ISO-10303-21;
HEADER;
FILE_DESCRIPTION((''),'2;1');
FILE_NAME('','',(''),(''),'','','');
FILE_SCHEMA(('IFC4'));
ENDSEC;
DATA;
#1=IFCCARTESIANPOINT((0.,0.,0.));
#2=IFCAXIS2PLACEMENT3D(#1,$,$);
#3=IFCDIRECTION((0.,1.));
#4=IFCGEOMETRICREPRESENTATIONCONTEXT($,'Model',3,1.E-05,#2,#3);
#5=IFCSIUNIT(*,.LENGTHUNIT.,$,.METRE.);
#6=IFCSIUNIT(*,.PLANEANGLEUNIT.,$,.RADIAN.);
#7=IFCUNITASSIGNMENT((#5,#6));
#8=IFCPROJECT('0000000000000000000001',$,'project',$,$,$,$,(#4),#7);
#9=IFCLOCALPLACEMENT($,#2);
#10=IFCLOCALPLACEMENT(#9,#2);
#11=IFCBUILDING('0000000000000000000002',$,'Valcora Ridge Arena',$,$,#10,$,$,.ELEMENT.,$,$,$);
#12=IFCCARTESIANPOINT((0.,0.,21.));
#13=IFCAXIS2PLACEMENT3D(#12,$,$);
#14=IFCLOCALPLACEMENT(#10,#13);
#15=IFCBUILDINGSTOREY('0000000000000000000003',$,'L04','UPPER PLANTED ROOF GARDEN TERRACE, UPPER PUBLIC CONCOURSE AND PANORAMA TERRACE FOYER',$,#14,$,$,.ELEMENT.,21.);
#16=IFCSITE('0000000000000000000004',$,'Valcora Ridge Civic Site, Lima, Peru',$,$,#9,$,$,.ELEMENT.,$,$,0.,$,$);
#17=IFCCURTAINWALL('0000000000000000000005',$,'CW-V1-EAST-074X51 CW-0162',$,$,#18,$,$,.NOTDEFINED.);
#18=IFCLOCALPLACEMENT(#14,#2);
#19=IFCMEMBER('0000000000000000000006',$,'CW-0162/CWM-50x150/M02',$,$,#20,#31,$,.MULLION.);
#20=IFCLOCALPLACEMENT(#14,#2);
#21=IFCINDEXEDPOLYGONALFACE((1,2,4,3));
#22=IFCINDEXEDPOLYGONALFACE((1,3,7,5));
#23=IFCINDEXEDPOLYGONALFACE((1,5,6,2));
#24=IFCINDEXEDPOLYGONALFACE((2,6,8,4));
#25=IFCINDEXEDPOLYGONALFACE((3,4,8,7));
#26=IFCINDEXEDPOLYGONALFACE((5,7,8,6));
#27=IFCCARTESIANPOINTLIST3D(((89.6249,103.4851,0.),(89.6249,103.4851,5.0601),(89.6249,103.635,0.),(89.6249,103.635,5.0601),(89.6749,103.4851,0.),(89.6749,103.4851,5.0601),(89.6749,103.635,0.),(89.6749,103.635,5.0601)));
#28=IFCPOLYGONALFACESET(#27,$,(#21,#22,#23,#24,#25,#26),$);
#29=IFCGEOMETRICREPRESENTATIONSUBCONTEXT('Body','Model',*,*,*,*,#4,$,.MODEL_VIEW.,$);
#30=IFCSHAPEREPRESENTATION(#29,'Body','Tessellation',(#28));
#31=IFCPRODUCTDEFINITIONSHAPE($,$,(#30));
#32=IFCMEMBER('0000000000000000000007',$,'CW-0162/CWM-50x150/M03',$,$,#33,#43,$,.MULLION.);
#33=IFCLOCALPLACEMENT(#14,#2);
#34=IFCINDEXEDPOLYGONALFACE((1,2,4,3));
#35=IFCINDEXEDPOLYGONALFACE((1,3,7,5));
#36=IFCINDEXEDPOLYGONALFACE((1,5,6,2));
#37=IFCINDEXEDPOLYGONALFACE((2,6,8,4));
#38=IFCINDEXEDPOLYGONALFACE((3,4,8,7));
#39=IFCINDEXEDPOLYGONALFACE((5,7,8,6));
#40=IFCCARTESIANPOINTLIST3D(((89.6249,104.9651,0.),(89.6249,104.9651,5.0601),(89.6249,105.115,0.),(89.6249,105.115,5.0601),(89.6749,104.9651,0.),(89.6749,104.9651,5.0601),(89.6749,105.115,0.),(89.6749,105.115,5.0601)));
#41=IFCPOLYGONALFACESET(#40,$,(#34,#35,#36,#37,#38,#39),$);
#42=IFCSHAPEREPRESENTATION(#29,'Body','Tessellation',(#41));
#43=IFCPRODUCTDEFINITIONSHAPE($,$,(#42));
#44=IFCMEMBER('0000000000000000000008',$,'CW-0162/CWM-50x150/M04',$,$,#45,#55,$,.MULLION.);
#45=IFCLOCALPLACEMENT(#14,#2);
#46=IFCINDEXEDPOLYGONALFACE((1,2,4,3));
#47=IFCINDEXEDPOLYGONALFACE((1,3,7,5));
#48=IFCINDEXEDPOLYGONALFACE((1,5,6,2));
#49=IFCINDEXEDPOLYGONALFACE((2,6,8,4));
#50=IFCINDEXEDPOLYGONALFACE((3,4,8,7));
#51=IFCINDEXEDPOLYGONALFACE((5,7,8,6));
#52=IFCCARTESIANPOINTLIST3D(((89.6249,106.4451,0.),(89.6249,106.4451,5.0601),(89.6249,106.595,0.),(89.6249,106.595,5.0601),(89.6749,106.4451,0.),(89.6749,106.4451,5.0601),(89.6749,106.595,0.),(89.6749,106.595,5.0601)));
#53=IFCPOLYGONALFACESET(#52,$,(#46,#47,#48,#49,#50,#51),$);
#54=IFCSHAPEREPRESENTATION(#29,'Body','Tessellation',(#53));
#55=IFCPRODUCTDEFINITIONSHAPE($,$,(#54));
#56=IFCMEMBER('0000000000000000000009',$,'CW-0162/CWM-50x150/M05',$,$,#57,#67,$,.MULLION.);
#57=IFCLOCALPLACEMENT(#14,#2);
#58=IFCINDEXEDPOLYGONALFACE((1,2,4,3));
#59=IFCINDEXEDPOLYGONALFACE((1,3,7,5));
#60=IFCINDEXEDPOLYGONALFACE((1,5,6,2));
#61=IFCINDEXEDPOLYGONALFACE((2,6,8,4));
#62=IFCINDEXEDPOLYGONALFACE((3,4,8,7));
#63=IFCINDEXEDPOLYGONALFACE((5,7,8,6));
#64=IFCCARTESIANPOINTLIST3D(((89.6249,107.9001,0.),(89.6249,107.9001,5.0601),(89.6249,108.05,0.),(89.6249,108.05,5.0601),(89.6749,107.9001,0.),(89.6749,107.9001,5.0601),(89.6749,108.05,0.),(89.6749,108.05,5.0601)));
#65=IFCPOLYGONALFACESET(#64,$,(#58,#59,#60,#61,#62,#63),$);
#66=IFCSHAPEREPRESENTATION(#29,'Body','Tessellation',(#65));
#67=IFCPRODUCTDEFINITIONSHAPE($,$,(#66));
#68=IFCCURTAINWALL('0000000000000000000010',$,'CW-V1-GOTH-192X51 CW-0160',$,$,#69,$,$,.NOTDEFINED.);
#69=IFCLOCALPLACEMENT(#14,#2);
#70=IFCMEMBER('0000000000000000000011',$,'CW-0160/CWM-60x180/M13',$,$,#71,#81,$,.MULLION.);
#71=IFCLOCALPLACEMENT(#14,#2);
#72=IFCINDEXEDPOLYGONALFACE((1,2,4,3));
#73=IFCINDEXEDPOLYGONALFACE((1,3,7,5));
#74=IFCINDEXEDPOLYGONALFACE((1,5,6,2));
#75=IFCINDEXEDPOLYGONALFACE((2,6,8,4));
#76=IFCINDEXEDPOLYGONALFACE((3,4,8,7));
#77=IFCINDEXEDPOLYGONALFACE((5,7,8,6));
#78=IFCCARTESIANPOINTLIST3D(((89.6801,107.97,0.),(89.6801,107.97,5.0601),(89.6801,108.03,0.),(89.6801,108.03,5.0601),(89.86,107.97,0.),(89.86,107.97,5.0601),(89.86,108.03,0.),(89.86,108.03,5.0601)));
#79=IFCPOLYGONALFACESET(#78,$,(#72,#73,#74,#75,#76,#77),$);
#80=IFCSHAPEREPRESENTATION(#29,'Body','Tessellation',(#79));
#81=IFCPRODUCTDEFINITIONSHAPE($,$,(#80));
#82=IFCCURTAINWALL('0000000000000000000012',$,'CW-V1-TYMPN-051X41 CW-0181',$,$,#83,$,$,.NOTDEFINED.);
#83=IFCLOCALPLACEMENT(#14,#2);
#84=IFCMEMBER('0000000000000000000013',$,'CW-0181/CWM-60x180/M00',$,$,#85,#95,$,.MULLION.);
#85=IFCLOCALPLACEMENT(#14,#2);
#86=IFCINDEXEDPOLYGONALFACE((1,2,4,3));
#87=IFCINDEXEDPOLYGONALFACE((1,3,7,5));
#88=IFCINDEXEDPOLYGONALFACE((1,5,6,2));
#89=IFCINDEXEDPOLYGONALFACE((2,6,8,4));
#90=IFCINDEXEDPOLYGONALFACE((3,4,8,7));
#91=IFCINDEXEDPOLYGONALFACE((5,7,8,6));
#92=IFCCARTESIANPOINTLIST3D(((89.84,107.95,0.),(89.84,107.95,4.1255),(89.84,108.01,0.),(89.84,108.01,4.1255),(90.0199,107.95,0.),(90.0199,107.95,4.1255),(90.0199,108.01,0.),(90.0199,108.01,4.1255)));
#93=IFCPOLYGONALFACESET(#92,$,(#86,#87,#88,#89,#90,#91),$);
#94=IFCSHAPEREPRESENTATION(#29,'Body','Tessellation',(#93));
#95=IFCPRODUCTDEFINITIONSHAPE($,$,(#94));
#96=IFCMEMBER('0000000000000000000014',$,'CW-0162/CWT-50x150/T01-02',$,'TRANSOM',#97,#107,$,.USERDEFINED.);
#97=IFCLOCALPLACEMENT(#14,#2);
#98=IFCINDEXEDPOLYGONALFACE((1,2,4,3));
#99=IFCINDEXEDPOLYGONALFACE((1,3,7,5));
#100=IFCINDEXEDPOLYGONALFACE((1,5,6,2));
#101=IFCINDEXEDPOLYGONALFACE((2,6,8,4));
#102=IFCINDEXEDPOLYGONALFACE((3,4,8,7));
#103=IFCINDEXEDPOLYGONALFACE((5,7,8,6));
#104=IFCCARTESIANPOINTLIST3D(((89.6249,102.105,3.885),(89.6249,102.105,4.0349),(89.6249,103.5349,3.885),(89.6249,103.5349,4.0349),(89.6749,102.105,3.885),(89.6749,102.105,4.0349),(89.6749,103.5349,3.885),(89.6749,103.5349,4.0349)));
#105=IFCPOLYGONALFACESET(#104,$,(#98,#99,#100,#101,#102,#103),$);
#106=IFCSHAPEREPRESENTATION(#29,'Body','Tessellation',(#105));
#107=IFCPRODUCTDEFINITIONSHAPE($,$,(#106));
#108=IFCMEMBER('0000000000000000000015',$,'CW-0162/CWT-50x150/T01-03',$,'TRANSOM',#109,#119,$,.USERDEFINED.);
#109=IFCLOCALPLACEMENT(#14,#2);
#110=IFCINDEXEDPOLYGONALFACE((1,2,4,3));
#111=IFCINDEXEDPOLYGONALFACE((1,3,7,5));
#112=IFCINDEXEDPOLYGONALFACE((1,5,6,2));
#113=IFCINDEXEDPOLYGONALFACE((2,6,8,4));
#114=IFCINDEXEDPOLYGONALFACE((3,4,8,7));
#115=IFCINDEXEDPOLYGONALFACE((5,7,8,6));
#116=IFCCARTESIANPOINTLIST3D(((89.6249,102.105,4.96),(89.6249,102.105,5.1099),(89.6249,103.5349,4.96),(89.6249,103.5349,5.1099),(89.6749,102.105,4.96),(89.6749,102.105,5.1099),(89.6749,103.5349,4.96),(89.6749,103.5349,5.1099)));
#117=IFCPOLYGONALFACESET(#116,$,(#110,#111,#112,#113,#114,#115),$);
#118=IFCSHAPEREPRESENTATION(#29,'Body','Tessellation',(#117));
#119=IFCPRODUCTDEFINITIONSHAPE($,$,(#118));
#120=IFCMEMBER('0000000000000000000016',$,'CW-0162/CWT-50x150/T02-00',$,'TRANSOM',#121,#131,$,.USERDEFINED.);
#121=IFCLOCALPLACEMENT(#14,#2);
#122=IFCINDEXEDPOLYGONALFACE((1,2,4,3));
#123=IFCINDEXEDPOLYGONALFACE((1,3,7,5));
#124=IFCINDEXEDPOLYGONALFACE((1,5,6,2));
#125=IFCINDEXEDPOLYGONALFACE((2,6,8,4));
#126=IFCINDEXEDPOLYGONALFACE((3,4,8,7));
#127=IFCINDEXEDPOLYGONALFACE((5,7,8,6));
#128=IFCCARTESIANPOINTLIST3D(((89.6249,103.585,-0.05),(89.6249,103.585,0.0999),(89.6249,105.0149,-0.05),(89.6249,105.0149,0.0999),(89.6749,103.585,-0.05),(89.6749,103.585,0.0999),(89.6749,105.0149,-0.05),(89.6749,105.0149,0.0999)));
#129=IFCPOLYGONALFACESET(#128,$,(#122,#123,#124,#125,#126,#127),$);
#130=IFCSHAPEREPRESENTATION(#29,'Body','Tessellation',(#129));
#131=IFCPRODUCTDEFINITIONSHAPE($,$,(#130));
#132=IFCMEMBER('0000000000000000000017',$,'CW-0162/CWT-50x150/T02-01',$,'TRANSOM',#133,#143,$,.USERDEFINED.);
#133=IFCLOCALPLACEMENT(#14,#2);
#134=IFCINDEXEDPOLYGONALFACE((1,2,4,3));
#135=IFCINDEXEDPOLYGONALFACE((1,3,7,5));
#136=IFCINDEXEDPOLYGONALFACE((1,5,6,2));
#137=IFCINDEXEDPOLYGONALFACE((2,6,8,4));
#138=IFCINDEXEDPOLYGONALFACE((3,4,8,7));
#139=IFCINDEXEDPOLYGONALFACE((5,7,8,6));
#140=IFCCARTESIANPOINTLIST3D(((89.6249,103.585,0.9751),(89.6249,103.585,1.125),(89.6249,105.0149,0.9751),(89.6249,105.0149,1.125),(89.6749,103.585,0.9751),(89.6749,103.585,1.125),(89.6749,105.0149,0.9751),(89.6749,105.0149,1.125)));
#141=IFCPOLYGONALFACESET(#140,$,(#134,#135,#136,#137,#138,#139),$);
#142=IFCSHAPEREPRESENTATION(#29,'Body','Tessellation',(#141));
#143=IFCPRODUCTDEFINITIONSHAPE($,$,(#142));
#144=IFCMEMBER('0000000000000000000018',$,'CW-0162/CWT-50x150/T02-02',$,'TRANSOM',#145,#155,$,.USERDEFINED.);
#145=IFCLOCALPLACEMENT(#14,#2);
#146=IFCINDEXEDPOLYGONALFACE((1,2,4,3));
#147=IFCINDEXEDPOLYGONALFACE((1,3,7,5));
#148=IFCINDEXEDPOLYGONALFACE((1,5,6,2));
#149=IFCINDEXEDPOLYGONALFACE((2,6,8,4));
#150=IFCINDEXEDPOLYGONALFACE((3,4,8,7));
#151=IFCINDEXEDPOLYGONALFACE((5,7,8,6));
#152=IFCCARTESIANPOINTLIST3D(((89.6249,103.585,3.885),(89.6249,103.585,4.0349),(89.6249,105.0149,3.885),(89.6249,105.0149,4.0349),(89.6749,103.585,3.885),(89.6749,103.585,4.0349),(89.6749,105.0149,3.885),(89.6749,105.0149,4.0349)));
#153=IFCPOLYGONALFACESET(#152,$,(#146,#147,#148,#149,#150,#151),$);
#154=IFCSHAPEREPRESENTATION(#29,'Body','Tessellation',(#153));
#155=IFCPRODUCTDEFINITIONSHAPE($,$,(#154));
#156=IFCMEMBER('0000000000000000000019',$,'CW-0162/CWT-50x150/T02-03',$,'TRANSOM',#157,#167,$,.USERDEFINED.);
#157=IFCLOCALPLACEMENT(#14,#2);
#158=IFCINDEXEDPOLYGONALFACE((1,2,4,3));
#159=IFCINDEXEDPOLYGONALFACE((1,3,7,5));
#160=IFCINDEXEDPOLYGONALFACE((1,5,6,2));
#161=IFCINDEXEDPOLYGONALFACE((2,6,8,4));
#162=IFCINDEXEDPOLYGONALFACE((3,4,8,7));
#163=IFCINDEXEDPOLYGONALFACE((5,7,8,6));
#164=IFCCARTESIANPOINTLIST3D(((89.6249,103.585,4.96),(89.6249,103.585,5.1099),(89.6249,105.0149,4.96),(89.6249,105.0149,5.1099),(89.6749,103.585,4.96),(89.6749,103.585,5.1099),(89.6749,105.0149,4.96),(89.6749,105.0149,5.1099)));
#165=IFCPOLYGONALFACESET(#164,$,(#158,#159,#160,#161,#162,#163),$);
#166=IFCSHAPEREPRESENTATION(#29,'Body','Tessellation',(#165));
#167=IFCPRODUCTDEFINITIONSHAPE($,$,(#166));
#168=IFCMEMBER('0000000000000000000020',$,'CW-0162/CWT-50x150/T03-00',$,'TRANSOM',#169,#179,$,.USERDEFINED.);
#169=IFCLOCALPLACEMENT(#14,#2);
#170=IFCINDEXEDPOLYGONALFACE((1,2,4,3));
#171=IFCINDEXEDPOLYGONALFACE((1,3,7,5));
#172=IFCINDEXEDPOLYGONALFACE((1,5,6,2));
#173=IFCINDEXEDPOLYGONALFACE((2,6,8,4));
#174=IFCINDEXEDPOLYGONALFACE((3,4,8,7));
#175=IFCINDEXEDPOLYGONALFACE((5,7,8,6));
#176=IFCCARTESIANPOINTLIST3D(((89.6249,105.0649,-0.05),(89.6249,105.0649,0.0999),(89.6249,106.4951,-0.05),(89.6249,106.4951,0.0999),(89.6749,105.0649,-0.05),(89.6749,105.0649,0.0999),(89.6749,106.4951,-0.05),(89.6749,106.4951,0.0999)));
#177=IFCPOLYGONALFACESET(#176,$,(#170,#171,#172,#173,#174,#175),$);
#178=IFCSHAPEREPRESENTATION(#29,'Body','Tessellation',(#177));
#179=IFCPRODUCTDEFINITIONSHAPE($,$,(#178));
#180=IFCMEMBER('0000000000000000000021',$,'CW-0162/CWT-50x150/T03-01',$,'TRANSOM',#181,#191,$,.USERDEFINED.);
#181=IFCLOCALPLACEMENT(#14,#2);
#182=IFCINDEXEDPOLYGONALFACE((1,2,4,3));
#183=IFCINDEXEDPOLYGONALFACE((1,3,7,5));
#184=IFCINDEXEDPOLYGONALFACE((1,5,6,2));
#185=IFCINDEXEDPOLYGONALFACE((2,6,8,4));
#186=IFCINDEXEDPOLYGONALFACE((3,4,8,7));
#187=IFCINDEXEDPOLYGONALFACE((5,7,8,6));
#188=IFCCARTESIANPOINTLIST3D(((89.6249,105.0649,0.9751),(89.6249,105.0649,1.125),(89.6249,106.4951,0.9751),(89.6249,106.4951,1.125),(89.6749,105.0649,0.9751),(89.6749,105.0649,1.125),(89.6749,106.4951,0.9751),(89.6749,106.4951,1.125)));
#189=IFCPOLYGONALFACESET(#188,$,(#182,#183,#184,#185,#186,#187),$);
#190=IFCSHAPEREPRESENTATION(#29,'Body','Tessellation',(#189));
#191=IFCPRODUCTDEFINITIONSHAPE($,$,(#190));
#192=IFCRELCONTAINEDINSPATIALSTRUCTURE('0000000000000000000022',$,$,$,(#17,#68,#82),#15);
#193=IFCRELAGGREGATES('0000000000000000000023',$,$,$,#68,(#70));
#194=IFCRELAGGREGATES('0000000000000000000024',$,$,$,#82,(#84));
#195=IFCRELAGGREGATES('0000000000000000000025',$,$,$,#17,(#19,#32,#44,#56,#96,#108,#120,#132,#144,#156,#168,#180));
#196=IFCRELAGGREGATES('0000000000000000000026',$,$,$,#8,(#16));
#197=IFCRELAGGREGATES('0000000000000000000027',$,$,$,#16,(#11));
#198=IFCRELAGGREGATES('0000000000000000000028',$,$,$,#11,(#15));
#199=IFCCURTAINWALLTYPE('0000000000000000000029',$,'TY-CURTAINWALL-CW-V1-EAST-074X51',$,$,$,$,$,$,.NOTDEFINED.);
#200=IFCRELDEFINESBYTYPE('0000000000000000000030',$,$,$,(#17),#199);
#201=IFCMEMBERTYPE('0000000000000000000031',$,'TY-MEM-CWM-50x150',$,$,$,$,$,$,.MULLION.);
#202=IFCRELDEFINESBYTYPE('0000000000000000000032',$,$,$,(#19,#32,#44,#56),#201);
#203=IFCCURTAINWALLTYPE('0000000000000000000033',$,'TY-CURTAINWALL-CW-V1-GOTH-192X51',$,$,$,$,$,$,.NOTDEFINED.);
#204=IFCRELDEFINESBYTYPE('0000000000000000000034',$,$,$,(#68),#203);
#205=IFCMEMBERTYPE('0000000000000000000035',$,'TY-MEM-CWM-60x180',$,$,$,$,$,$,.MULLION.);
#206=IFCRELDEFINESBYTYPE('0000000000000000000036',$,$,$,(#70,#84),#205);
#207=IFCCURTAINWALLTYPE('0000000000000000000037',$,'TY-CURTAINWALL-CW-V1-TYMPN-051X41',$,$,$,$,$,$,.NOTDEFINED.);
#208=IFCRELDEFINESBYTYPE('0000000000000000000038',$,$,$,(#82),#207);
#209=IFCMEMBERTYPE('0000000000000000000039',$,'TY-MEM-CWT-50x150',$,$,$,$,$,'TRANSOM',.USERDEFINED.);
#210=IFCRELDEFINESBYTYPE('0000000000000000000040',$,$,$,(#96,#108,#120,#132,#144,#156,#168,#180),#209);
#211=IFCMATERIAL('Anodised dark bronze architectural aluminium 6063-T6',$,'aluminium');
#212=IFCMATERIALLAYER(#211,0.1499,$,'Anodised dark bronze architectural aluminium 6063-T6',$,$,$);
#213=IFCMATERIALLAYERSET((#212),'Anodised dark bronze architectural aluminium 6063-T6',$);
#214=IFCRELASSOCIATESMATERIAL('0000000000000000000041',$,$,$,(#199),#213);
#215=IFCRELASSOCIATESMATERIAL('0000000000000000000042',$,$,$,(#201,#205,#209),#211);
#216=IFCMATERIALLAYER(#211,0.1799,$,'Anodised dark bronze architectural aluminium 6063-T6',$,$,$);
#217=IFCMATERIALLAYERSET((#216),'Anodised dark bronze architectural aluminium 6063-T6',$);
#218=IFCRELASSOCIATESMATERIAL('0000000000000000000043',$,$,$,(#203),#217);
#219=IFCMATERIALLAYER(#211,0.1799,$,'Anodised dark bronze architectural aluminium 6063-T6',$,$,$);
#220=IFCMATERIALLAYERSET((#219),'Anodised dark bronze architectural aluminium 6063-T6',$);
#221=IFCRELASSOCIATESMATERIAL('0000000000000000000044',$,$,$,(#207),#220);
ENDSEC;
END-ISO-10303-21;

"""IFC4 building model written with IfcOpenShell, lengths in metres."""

from ifc_helpers import new_model, si_unit, direction, frame, origin, origin_2d, place, context, subcontext, project, spatial, rectangle, extrude, material, layer, layer_set, material_profile, profile_set, type_object, element, aggregate, save


model = new_model("IFC4")

# Units and contexts
model_context = context("Model", 3, precision=1e-05, world=origin(), true_north=direction((0.0, 1.0)))
body_context = subcontext(model_context, "Body", "Model", "MODEL_VIEW")
ifc_project = project(units=[si_unit("LENGTHUNIT", "METRE"), si_unit("PLANEANGLEUNIT", "RADIAN")], contexts=[model_context])

# Site, building, storey
site_placement = place(None, origin())
site = spatial("IfcSite", under=ifc_project, at=site_placement, Name="Valcora Ridge Civic Site, Lima, Peru", CompositionType="ELEMENT", RefElevation=0.0)
building_placement = place(site_placement, origin())
building = spatial("IfcBuilding", under=site, at=building_placement, Name="Valcora Ridge Arena", CompositionType="ELEMENT")
storey_placement = place(building_placement, frame((0.0, 0.0, 21.0)))
storey = spatial("IfcBuildingStorey", under=building, at=storey_placement, Name="L04", Description="UPPER PLANTED ROOF GARDEN TERRACE, UPPER PUBLIC CONCOURSE AND PANORAMA TERRACE FOYER", CompositionType="ELEMENT", Elevation=21.0)

# Curtain wall, members
ifc_material_1 = material(Name="Anodised dark bronze architectural aluminium 6063-T6", Category="aluminium")
ifc_layer_1 = layer(ifc_material_1, 0.1499, Name="Anodised dark bronze architectural aluminium 6063-T6")
ifc_layer_set_1 = layer_set([ifc_layer_1], Name="Anodised dark bronze architectural aluminium 6063-T6")
curtain_wall_type_1 = type_object("IfcCurtainWallType", Name="TY-CURTAINWALL-CW-V1-EAST-074X51", PredefinedType="NOTDEFINED", material=ifc_layer_set_1)
curtain_wall_1_placement = place(storey_placement, origin())
curtain_wall_1 = element("IfcCurtainWall", 1, at=curtain_wall_1_placement, inside=storey, type_object=curtain_wall_type_1, Name="CW-V1-EAST-074X51 CW-0162", PredefinedType="NOTDEFINED")
ifc_material_profile_1 = material_profile(ifc_material_1, rectangle(XDim=0.05, YDim=0.1499, at=origin_2d()), Name="ALU MULLION 50x150")
ifc_profile_set_1 = profile_set([ifc_material_profile_1], Name="Anodised dark bronze architectural aluminium 6063-T6")
member_type_1 = type_object("IfcMemberType", Name="TY-MEM-CWM-50x150", PredefinedType="MULLION", material=ifc_profile_set_1)
member_1_placement = place(storey_placement, frame((89.6499, 103.5601, 0.0), z_axis=(0.0, 0.0, 1.0), x_axis=(-1.0, 0.0, 0.0)))
member_1 = element("IfcMember", 2, at=member_1_placement, type_object=member_type_1, Name="CW-0162/CWM-50x150/M02", PredefinedType="MULLION", context=body_context, shape_type="SweptSolid", body=[
    extrude(rectangle(XDim=0.05, YDim=0.1499, at=origin_2d()), origin(), (0.0, 0.0, 1.0), 5.0601),
])
member_2_placement = place(storey_placement, frame((89.6499, 105.04, 0.0), z_axis=(0.0, 0.0, 1.0), x_axis=(-1.0, 0.0, 0.0)))
member_2 = element("IfcMember", 3, at=member_2_placement, type_object=member_type_1, Name="CW-0162/CWM-50x150/M03", PredefinedType="MULLION", context=body_context, shape_type="SweptSolid", body=[
    extrude(rectangle(XDim=0.05, YDim=0.1499, at=origin_2d()), origin(), (0.0, 0.0, 1.0), 5.0601),
])
member_3_placement = place(storey_placement, frame((89.6499, 106.52, 0.0), z_axis=(0.0, 0.0, 1.0), x_axis=(-1.0, 0.0, 0.0)))
member_3 = element("IfcMember", 4, at=member_3_placement, type_object=member_type_1, Name="CW-0162/CWM-50x150/M04", PredefinedType="MULLION", context=body_context, shape_type="SweptSolid", body=[
    extrude(rectangle(XDim=0.05, YDim=0.1499, at=origin_2d()), origin(), (0.0, 0.0, 1.0), 5.0601),
])
member_4_placement = place(storey_placement, frame((89.6499, 107.9751, 0.0), z_axis=(0.0, 0.0, 1.0), x_axis=(-1.0, 0.0, 0.0)))
member_4 = element("IfcMember", 5, at=member_4_placement, type_object=member_type_1, Name="CW-0162/CWM-50x150/M05", PredefinedType="MULLION", context=body_context, shape_type="SweptSolid", body=[
    extrude(rectangle(XDim=0.05, YDim=0.1499, at=origin_2d()), origin(), (0.0, 0.0, 1.0), 5.0601),
])

# Curtain walls, members
ifc_layer_2 = layer(ifc_material_1, 0.1799, Name="Anodised dark bronze architectural aluminium 6063-T6")
ifc_layer_set_2 = layer_set([ifc_layer_2], Name="Anodised dark bronze architectural aluminium 6063-T6")
curtain_wall_type_2 = type_object("IfcCurtainWallType", Name="TY-CURTAINWALL-CW-V1-GOTH-192X51", PredefinedType="NOTDEFINED", material=ifc_layer_set_2)
curtain_wall_2_placement = place(storey_placement, origin())
curtain_wall_2 = element("IfcCurtainWall", 6, at=curtain_wall_2_placement, inside=storey, type_object=curtain_wall_type_2, Name="CW-V1-GOTH-192X51 CW-0160", PredefinedType="NOTDEFINED")
ifc_material_profile_2 = material_profile(ifc_material_1, rectangle(XDim=0.0601, YDim=0.1799, at=origin_2d()), Name="ALU MULLION 60x180")
ifc_profile_set_2 = profile_set([ifc_material_profile_2], Name="Anodised dark bronze architectural aluminium 6063-T6")
member_type_2 = type_object("IfcMemberType", Name="TY-MEM-CWM-60x180", PredefinedType="MULLION", material=ifc_profile_set_2)
member_5_placement = place(storey_placement, frame((89.77, 108.0, 0.0), z_axis=(0.0, 0.0, 1.0), x_axis=(0.0, 1.0, 0.0)))
member_5 = element("IfcMember", 7, at=member_5_placement, type_object=member_type_2, Name="CW-0160/CWM-60x180/M13", PredefinedType="MULLION", context=body_context, shape_type="SweptSolid", body=[
    extrude(rectangle(XDim=0.0601, YDim=0.1799, at=origin_2d()), origin(), (0.0, 0.0, 1.0), 5.0601),
])
aggregate(curtain_wall_2, [member_5])
ifc_layer_3 = layer(ifc_material_1, 0.1799, Name="Anodised dark bronze architectural aluminium 6063-T6")
ifc_layer_set_3 = layer_set([ifc_layer_3], Name="Anodised dark bronze architectural aluminium 6063-T6")
curtain_wall_type_3 = type_object("IfcCurtainWallType", Name="TY-CURTAINWALL-CW-V1-TYMPN-051X41", PredefinedType="NOTDEFINED", material=ifc_layer_set_3)
curtain_wall_3_placement = place(storey_placement, origin())
curtain_wall_3 = element("IfcCurtainWall", 8, at=curtain_wall_3_placement, inside=storey, type_object=curtain_wall_type_3, Name="CW-V1-TYMPN-051X41 CW-0181", PredefinedType="NOTDEFINED")
member_6_placement = place(storey_placement, frame((89.9299, 107.98, 0.0), z_axis=(0.0, 0.0, 1.0), x_axis=(0.0, 1.0, 0.0)))
member_6 = element("IfcMember", 9, at=member_6_placement, type_object=member_type_2, Name="CW-0181/CWM-60x180/M00", PredefinedType="MULLION", context=body_context, shape_type="SweptSolid", body=[
    extrude(rectangle(XDim=0.0601, YDim=0.1799, at=origin_2d()), origin(), (0.0, 0.0, 1.0), 4.1255),
])
aggregate(curtain_wall_3, [member_6])

# Members
ifc_material_profile_3 = material_profile(ifc_material_1, rectangle(XDim=0.05, YDim=0.1499, at=origin_2d()), Name="ALU TRANSOM 50x150")
ifc_profile_set_3 = profile_set([ifc_material_profile_3], Name="Anodised dark bronze architectural aluminium 6063-T6")
member_type_3 = type_object("IfcMemberType", Name="TY-MEM-CWT-50x150", ElementType="TRANSOM", PredefinedType="USERDEFINED", material=ifc_profile_set_3)
member_7_placement = place(storey_placement, frame((89.6499, 102.105, 3.96), z_axis=(0.0, 1.0, 0.0), x_axis=(-1.0, 0.0, 0.0)))
member_7 = element("IfcMember", 10, at=member_7_placement, type_object=member_type_3, Name="CW-0162/CWT-50x150/T01-02", ObjectType="TRANSOM", PredefinedType="USERDEFINED", context=body_context, shape_type="SweptSolid", body=[
    extrude(rectangle(XDim=0.05, YDim=0.1499, at=origin_2d()), origin(), (0.0, 0.0, 1.0), 1.4299),
])
member_8_placement = place(storey_placement, frame((89.6499, 102.105, 5.0349), z_axis=(0.0, 1.0, 0.0), x_axis=(-1.0, 0.0, 0.0)))
member_8 = element("IfcMember", 11, at=member_8_placement, type_object=member_type_3, Name="CW-0162/CWT-50x150/T01-03", ObjectType="TRANSOM", PredefinedType="USERDEFINED", context=body_context, shape_type="SweptSolid", body=[
    extrude(rectangle(XDim=0.05, YDim=0.1499, at=origin_2d()), origin(), (0.0, 0.0, 1.0), 1.4299),
])
member_9_placement = place(storey_placement, frame((89.6499, 103.585, 0.0249), z_axis=(0.0, 1.0, 0.0), x_axis=(-1.0, 0.0, 0.0)))
member_9 = element("IfcMember", 12, at=member_9_placement, type_object=member_type_3, Name="CW-0162/CWT-50x150/T02-00", ObjectType="TRANSOM", PredefinedType="USERDEFINED", context=body_context, shape_type="SweptSolid", body=[
    extrude(rectangle(XDim=0.05, YDim=0.1499, at=origin_2d()), origin(), (0.0, 0.0, 1.0), 1.4299),
])
member_10_placement = place(storey_placement, frame((89.6499, 103.585, 1.05), z_axis=(0.0, 1.0, 0.0), x_axis=(-1.0, 0.0, 0.0)))
member_10 = element("IfcMember", 13, at=member_10_placement, type_object=member_type_3, Name="CW-0162/CWT-50x150/T02-01", ObjectType="TRANSOM", PredefinedType="USERDEFINED", context=body_context, shape_type="SweptSolid", body=[
    extrude(rectangle(XDim=0.05, YDim=0.1499, at=origin_2d()), origin(), (0.0, 0.0, 1.0), 1.4299),
])
member_11_placement = place(storey_placement, frame((89.6499, 103.585, 3.96), z_axis=(0.0, 1.0, 0.0), x_axis=(-1.0, 0.0, 0.0)))
member_11 = element("IfcMember", 14, at=member_11_placement, type_object=member_type_3, Name="CW-0162/CWT-50x150/T02-02", ObjectType="TRANSOM", PredefinedType="USERDEFINED", context=body_context, shape_type="SweptSolid", body=[
    extrude(rectangle(XDim=0.05, YDim=0.1499, at=origin_2d()), origin(), (0.0, 0.0, 1.0), 1.4299),
])
member_12_placement = place(storey_placement, frame((89.6499, 103.585, 5.0349), z_axis=(0.0, 1.0, 0.0), x_axis=(-1.0, 0.0, 0.0)))
member_12 = element("IfcMember", 15, at=member_12_placement, type_object=member_type_3, Name="CW-0162/CWT-50x150/T02-03", ObjectType="TRANSOM", PredefinedType="USERDEFINED", context=body_context, shape_type="SweptSolid", body=[
    extrude(rectangle(XDim=0.05, YDim=0.1499, at=origin_2d()), origin(), (0.0, 0.0, 1.0), 1.4299),
])
member_13_placement = place(storey_placement, frame((89.6499, 105.0649, 0.0249), z_axis=(0.0, 1.0, 0.0), x_axis=(-1.0, 0.0, 0.0)))
member_13 = element("IfcMember", 16, at=member_13_placement, type_object=member_type_3, Name="CW-0162/CWT-50x150/T03-00", ObjectType="TRANSOM", PredefinedType="USERDEFINED", context=body_context, shape_type="SweptSolid", body=[
    extrude(rectangle(XDim=0.05, YDim=0.1499, at=origin_2d()), origin(), (0.0, 0.0, 1.0), 1.4302),
])
member_14_placement = place(storey_placement, frame((89.6499, 105.0649, 1.05), z_axis=(0.0, 1.0, 0.0), x_axis=(-1.0, 0.0, 0.0)))
member_14 = element("IfcMember", 17, at=member_14_placement, type_object=member_type_3, Name="CW-0162/CWT-50x150/T03-01", ObjectType="TRANSOM", PredefinedType="USERDEFINED", context=body_context, shape_type="SweptSolid", body=[
    extrude(rectangle(XDim=0.05, YDim=0.1499, at=origin_2d()), origin(), (0.0, 0.0, 1.0), 1.4302),
])

aggregate(curtain_wall_1, [member_1, member_2, member_3, member_4, member_7, member_8, member_9, member_10, member_11, member_12, member_13, member_14])

save(model, "model.ifc")
